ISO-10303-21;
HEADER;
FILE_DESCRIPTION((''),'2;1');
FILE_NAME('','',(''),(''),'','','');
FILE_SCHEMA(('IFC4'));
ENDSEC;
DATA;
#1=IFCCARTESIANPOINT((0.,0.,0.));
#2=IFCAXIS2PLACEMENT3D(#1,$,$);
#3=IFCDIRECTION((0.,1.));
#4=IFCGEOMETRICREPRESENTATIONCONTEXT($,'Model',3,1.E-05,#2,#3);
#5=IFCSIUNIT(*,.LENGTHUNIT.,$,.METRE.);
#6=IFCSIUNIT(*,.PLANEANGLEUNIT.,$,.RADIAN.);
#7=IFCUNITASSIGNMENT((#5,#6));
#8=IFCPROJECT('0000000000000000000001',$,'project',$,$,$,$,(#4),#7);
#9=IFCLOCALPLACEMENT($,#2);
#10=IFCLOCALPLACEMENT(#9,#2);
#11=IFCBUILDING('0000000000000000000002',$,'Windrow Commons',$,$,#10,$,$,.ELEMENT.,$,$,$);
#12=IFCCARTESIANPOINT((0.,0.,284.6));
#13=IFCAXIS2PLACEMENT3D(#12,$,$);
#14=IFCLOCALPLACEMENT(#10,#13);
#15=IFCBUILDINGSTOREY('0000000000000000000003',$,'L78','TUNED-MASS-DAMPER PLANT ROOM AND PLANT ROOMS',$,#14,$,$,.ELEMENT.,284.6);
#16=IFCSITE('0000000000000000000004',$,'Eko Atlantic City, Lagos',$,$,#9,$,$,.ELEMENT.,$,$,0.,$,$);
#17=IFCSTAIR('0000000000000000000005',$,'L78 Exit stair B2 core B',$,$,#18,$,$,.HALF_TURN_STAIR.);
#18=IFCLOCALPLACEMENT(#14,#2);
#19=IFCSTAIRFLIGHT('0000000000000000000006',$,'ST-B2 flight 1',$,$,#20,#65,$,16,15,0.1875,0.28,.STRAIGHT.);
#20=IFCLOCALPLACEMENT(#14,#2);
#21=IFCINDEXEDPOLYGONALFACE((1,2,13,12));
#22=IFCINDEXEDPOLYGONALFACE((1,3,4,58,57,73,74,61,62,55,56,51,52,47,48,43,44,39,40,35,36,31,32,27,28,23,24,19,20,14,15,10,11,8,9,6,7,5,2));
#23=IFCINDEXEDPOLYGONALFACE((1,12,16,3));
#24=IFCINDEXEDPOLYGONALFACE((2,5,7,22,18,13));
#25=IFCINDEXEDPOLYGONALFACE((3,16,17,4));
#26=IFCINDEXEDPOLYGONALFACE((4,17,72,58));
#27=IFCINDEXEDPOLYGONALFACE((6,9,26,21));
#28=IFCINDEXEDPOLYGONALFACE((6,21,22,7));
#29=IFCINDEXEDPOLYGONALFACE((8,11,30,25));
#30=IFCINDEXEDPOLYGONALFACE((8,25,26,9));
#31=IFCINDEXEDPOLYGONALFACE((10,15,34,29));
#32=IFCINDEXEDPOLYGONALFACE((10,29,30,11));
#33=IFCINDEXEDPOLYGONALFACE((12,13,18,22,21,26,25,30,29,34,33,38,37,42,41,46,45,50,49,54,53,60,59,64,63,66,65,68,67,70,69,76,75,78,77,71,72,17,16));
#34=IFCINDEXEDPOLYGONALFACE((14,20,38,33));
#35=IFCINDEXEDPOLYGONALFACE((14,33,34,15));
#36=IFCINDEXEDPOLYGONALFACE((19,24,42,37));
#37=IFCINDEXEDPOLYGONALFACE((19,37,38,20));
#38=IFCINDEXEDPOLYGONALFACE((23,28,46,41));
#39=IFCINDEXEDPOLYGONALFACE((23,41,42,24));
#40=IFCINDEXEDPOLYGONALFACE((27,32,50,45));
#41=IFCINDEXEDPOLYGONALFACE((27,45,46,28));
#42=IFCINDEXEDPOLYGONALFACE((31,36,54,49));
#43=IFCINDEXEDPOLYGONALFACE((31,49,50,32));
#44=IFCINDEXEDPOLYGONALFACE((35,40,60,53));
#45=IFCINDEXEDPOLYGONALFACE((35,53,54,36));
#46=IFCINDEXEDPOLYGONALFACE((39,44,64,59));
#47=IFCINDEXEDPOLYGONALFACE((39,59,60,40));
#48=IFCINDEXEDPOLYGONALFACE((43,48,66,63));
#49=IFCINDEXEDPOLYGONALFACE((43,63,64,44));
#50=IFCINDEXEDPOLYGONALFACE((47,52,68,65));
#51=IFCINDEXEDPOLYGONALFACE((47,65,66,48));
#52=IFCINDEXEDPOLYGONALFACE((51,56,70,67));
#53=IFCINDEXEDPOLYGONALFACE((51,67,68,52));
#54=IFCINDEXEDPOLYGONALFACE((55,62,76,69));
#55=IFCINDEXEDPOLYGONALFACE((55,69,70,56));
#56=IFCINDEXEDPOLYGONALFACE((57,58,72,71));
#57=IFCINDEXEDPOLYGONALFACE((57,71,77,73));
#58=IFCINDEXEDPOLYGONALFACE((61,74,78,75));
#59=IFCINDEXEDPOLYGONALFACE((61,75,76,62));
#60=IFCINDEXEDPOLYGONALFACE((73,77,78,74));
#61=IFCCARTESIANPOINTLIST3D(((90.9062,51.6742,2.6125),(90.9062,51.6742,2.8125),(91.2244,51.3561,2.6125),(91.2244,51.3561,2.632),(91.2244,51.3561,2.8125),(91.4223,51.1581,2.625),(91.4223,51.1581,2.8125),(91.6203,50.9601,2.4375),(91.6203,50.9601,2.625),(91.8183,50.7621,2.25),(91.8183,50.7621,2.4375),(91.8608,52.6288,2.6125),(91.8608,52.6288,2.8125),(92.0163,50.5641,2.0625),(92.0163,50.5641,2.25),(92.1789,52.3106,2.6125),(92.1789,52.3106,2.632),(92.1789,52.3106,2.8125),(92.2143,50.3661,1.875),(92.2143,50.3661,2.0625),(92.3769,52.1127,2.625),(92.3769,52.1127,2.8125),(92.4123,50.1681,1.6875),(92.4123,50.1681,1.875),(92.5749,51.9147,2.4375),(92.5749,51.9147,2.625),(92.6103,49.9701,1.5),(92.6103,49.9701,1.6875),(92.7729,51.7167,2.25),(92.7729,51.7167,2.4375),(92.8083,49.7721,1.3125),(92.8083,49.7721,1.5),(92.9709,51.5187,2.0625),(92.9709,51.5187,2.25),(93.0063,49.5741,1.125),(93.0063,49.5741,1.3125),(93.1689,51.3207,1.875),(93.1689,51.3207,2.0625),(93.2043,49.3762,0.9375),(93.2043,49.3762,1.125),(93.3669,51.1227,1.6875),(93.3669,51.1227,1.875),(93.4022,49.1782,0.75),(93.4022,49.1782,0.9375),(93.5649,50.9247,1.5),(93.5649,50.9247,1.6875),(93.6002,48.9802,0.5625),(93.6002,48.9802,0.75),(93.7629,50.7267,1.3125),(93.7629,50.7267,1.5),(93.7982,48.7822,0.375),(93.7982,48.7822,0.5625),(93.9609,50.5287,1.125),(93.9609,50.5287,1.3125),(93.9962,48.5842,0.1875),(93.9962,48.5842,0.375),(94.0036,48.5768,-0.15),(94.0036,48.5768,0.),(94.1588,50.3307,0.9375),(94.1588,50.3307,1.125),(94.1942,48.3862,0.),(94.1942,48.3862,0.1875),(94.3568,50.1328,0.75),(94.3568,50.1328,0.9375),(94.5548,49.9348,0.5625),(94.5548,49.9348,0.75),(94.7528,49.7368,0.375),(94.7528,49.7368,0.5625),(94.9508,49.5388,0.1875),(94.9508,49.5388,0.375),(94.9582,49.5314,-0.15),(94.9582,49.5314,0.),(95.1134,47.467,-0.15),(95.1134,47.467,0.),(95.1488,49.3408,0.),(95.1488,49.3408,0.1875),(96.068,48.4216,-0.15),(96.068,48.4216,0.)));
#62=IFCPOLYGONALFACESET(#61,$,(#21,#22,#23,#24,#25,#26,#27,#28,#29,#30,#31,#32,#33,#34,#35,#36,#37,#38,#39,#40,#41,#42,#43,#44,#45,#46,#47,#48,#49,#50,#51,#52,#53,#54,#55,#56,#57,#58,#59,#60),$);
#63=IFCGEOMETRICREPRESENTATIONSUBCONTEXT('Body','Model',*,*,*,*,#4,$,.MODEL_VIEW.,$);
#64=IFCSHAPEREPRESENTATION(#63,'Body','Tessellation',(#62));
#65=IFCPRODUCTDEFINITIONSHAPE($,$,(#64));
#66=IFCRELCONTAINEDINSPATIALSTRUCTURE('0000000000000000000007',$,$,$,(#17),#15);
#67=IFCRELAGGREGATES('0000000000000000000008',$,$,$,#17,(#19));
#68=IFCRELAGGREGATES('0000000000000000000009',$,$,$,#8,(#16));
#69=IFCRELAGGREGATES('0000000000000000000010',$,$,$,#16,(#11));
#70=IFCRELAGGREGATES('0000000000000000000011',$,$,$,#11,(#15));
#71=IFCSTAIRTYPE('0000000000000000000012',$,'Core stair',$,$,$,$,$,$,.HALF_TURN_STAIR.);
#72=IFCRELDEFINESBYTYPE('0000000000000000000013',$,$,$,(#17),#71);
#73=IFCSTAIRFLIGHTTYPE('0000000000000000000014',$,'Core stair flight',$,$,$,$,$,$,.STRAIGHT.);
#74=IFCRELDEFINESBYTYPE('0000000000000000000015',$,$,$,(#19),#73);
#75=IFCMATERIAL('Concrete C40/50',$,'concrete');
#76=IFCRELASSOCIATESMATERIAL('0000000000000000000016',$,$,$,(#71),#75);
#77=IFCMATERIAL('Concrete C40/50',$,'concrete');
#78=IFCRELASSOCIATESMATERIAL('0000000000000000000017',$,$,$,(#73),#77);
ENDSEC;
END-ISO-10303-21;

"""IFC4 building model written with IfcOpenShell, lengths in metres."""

from ifc_helpers import new_model, si_unit, direction, frame, origin, place, context, subcontext, project, spatial, polyline, outline, extrude, material, type_object, element, aggregate, save


model = new_model("IFC4")

# Units and contexts
model_context = context("Model", 3, precision=1e-05, world=origin(), true_north=direction((0.0, 1.0)))
body_context = subcontext(model_context, "Body", "Model", "MODEL_VIEW")
ifc_project = project(units=[si_unit("LENGTHUNIT", "METRE"), si_unit("PLANEANGLEUNIT", "RADIAN")], contexts=[model_context])

# Site, building, storey
site_placement = place(None, origin())
site = spatial("IfcSite", under=ifc_project, at=site_placement, Name="Eko Atlantic City, Lagos", CompositionType="ELEMENT", RefElevation=0.0)
building_placement = place(site_placement, origin())
building = spatial("IfcBuilding", under=site, at=building_placement, Name="Windrow Commons", CompositionType="ELEMENT")
storey_placement = place(building_placement, frame((0.0, 0.0, 284.6)))
storey = spatial("IfcBuildingStorey", under=building, at=storey_placement, Name="L78", Description="TUNED-MASS-DAMPER PLANT ROOM AND PLANT ROOMS", CompositionType="ELEMENT", Elevation=284.6)

# Shared definitions
placement = place(storey_placement, origin())

# Stair, stair flight
ifc_material_1 = material(Name="Concrete C40/50", Category="concrete")
stair_type = type_object("IfcStairType", Name="Core stair", PredefinedType="HALF_TURN_STAIR", material=ifc_material_1)
stair = element("IfcStair", 1, at=placement, inside=storey, type_object=stair_type, Name="L78 Exit stair B2 core B", PredefinedType="HALF_TURN_STAIR")
ifc_material_2 = material(Name="Concrete C40/50", Category="concrete")
stair_flight_type = type_object("IfcStairFlightType", Name="Core stair flight", PredefinedType="STRAIGHT", material=ifc_material_2)
stair_flight_placement = place(storey_placement, frame((94.6715, 48.8635, 0.0), z_axis=(0.0, 0.0, 1.0), x_axis=(-0.707107, 0.707107, 0.0)))
stair_flight = element("IfcStairFlight", 2, at=stair_flight_placement, type_object=stair_flight_type, Name="ST-B2 flight 1", NumberOfRisers=16, NumberOfTreads=15, PredefinedType="STRAIGHT", RiserHeight=0.1875, TreadLength=0.28, context=body_context, shape_type="SweptSolid", body=[
    extrude(outline(polyline([(-1.3, -0.15), (-1.3, 0.0), (0.0, 0.0), (0.0, 0.1875), (0.28, 0.1875), (0.28, 0.375), (0.56, 0.375), (0.56, 0.5625), (0.84, 0.5625), (0.84, 0.75), (1.12, 0.75), (1.12, 0.9375), (1.4, 0.9375), (1.4, 1.125), (1.68, 1.125), (1.68, 1.3125), (1.96, 1.3125), (1.96, 1.5), (2.24, 1.5), (2.24, 1.6875), (2.52, 1.6875), (2.52, 1.875), (2.8, 1.875), (2.8, 2.0625), (3.08, 2.0625), (3.08, 2.25), (3.36, 2.25), (3.36, 2.4375), (3.64, 2.4375), (3.64, 2.625), (3.92, 2.625), (3.92, 2.8125), (4.2, 2.8125), (4.65, 2.8125), (4.65, 2.6125), (4.2, 2.6125), (4.2, 2.632), (0.2696, 0.0), (0.2696, -0.15), (-1.3, -0.15)])), frame((0.0, 0.675, 0.0), z_axis=(0.0, -1.0, 0.0), x_axis=(1.0, 0.0, 0.0)), (0.0, 0.0, 1.0), 1.35),
])
aggregate(stair, [stair_flight])

save(model, "model.ifc")
